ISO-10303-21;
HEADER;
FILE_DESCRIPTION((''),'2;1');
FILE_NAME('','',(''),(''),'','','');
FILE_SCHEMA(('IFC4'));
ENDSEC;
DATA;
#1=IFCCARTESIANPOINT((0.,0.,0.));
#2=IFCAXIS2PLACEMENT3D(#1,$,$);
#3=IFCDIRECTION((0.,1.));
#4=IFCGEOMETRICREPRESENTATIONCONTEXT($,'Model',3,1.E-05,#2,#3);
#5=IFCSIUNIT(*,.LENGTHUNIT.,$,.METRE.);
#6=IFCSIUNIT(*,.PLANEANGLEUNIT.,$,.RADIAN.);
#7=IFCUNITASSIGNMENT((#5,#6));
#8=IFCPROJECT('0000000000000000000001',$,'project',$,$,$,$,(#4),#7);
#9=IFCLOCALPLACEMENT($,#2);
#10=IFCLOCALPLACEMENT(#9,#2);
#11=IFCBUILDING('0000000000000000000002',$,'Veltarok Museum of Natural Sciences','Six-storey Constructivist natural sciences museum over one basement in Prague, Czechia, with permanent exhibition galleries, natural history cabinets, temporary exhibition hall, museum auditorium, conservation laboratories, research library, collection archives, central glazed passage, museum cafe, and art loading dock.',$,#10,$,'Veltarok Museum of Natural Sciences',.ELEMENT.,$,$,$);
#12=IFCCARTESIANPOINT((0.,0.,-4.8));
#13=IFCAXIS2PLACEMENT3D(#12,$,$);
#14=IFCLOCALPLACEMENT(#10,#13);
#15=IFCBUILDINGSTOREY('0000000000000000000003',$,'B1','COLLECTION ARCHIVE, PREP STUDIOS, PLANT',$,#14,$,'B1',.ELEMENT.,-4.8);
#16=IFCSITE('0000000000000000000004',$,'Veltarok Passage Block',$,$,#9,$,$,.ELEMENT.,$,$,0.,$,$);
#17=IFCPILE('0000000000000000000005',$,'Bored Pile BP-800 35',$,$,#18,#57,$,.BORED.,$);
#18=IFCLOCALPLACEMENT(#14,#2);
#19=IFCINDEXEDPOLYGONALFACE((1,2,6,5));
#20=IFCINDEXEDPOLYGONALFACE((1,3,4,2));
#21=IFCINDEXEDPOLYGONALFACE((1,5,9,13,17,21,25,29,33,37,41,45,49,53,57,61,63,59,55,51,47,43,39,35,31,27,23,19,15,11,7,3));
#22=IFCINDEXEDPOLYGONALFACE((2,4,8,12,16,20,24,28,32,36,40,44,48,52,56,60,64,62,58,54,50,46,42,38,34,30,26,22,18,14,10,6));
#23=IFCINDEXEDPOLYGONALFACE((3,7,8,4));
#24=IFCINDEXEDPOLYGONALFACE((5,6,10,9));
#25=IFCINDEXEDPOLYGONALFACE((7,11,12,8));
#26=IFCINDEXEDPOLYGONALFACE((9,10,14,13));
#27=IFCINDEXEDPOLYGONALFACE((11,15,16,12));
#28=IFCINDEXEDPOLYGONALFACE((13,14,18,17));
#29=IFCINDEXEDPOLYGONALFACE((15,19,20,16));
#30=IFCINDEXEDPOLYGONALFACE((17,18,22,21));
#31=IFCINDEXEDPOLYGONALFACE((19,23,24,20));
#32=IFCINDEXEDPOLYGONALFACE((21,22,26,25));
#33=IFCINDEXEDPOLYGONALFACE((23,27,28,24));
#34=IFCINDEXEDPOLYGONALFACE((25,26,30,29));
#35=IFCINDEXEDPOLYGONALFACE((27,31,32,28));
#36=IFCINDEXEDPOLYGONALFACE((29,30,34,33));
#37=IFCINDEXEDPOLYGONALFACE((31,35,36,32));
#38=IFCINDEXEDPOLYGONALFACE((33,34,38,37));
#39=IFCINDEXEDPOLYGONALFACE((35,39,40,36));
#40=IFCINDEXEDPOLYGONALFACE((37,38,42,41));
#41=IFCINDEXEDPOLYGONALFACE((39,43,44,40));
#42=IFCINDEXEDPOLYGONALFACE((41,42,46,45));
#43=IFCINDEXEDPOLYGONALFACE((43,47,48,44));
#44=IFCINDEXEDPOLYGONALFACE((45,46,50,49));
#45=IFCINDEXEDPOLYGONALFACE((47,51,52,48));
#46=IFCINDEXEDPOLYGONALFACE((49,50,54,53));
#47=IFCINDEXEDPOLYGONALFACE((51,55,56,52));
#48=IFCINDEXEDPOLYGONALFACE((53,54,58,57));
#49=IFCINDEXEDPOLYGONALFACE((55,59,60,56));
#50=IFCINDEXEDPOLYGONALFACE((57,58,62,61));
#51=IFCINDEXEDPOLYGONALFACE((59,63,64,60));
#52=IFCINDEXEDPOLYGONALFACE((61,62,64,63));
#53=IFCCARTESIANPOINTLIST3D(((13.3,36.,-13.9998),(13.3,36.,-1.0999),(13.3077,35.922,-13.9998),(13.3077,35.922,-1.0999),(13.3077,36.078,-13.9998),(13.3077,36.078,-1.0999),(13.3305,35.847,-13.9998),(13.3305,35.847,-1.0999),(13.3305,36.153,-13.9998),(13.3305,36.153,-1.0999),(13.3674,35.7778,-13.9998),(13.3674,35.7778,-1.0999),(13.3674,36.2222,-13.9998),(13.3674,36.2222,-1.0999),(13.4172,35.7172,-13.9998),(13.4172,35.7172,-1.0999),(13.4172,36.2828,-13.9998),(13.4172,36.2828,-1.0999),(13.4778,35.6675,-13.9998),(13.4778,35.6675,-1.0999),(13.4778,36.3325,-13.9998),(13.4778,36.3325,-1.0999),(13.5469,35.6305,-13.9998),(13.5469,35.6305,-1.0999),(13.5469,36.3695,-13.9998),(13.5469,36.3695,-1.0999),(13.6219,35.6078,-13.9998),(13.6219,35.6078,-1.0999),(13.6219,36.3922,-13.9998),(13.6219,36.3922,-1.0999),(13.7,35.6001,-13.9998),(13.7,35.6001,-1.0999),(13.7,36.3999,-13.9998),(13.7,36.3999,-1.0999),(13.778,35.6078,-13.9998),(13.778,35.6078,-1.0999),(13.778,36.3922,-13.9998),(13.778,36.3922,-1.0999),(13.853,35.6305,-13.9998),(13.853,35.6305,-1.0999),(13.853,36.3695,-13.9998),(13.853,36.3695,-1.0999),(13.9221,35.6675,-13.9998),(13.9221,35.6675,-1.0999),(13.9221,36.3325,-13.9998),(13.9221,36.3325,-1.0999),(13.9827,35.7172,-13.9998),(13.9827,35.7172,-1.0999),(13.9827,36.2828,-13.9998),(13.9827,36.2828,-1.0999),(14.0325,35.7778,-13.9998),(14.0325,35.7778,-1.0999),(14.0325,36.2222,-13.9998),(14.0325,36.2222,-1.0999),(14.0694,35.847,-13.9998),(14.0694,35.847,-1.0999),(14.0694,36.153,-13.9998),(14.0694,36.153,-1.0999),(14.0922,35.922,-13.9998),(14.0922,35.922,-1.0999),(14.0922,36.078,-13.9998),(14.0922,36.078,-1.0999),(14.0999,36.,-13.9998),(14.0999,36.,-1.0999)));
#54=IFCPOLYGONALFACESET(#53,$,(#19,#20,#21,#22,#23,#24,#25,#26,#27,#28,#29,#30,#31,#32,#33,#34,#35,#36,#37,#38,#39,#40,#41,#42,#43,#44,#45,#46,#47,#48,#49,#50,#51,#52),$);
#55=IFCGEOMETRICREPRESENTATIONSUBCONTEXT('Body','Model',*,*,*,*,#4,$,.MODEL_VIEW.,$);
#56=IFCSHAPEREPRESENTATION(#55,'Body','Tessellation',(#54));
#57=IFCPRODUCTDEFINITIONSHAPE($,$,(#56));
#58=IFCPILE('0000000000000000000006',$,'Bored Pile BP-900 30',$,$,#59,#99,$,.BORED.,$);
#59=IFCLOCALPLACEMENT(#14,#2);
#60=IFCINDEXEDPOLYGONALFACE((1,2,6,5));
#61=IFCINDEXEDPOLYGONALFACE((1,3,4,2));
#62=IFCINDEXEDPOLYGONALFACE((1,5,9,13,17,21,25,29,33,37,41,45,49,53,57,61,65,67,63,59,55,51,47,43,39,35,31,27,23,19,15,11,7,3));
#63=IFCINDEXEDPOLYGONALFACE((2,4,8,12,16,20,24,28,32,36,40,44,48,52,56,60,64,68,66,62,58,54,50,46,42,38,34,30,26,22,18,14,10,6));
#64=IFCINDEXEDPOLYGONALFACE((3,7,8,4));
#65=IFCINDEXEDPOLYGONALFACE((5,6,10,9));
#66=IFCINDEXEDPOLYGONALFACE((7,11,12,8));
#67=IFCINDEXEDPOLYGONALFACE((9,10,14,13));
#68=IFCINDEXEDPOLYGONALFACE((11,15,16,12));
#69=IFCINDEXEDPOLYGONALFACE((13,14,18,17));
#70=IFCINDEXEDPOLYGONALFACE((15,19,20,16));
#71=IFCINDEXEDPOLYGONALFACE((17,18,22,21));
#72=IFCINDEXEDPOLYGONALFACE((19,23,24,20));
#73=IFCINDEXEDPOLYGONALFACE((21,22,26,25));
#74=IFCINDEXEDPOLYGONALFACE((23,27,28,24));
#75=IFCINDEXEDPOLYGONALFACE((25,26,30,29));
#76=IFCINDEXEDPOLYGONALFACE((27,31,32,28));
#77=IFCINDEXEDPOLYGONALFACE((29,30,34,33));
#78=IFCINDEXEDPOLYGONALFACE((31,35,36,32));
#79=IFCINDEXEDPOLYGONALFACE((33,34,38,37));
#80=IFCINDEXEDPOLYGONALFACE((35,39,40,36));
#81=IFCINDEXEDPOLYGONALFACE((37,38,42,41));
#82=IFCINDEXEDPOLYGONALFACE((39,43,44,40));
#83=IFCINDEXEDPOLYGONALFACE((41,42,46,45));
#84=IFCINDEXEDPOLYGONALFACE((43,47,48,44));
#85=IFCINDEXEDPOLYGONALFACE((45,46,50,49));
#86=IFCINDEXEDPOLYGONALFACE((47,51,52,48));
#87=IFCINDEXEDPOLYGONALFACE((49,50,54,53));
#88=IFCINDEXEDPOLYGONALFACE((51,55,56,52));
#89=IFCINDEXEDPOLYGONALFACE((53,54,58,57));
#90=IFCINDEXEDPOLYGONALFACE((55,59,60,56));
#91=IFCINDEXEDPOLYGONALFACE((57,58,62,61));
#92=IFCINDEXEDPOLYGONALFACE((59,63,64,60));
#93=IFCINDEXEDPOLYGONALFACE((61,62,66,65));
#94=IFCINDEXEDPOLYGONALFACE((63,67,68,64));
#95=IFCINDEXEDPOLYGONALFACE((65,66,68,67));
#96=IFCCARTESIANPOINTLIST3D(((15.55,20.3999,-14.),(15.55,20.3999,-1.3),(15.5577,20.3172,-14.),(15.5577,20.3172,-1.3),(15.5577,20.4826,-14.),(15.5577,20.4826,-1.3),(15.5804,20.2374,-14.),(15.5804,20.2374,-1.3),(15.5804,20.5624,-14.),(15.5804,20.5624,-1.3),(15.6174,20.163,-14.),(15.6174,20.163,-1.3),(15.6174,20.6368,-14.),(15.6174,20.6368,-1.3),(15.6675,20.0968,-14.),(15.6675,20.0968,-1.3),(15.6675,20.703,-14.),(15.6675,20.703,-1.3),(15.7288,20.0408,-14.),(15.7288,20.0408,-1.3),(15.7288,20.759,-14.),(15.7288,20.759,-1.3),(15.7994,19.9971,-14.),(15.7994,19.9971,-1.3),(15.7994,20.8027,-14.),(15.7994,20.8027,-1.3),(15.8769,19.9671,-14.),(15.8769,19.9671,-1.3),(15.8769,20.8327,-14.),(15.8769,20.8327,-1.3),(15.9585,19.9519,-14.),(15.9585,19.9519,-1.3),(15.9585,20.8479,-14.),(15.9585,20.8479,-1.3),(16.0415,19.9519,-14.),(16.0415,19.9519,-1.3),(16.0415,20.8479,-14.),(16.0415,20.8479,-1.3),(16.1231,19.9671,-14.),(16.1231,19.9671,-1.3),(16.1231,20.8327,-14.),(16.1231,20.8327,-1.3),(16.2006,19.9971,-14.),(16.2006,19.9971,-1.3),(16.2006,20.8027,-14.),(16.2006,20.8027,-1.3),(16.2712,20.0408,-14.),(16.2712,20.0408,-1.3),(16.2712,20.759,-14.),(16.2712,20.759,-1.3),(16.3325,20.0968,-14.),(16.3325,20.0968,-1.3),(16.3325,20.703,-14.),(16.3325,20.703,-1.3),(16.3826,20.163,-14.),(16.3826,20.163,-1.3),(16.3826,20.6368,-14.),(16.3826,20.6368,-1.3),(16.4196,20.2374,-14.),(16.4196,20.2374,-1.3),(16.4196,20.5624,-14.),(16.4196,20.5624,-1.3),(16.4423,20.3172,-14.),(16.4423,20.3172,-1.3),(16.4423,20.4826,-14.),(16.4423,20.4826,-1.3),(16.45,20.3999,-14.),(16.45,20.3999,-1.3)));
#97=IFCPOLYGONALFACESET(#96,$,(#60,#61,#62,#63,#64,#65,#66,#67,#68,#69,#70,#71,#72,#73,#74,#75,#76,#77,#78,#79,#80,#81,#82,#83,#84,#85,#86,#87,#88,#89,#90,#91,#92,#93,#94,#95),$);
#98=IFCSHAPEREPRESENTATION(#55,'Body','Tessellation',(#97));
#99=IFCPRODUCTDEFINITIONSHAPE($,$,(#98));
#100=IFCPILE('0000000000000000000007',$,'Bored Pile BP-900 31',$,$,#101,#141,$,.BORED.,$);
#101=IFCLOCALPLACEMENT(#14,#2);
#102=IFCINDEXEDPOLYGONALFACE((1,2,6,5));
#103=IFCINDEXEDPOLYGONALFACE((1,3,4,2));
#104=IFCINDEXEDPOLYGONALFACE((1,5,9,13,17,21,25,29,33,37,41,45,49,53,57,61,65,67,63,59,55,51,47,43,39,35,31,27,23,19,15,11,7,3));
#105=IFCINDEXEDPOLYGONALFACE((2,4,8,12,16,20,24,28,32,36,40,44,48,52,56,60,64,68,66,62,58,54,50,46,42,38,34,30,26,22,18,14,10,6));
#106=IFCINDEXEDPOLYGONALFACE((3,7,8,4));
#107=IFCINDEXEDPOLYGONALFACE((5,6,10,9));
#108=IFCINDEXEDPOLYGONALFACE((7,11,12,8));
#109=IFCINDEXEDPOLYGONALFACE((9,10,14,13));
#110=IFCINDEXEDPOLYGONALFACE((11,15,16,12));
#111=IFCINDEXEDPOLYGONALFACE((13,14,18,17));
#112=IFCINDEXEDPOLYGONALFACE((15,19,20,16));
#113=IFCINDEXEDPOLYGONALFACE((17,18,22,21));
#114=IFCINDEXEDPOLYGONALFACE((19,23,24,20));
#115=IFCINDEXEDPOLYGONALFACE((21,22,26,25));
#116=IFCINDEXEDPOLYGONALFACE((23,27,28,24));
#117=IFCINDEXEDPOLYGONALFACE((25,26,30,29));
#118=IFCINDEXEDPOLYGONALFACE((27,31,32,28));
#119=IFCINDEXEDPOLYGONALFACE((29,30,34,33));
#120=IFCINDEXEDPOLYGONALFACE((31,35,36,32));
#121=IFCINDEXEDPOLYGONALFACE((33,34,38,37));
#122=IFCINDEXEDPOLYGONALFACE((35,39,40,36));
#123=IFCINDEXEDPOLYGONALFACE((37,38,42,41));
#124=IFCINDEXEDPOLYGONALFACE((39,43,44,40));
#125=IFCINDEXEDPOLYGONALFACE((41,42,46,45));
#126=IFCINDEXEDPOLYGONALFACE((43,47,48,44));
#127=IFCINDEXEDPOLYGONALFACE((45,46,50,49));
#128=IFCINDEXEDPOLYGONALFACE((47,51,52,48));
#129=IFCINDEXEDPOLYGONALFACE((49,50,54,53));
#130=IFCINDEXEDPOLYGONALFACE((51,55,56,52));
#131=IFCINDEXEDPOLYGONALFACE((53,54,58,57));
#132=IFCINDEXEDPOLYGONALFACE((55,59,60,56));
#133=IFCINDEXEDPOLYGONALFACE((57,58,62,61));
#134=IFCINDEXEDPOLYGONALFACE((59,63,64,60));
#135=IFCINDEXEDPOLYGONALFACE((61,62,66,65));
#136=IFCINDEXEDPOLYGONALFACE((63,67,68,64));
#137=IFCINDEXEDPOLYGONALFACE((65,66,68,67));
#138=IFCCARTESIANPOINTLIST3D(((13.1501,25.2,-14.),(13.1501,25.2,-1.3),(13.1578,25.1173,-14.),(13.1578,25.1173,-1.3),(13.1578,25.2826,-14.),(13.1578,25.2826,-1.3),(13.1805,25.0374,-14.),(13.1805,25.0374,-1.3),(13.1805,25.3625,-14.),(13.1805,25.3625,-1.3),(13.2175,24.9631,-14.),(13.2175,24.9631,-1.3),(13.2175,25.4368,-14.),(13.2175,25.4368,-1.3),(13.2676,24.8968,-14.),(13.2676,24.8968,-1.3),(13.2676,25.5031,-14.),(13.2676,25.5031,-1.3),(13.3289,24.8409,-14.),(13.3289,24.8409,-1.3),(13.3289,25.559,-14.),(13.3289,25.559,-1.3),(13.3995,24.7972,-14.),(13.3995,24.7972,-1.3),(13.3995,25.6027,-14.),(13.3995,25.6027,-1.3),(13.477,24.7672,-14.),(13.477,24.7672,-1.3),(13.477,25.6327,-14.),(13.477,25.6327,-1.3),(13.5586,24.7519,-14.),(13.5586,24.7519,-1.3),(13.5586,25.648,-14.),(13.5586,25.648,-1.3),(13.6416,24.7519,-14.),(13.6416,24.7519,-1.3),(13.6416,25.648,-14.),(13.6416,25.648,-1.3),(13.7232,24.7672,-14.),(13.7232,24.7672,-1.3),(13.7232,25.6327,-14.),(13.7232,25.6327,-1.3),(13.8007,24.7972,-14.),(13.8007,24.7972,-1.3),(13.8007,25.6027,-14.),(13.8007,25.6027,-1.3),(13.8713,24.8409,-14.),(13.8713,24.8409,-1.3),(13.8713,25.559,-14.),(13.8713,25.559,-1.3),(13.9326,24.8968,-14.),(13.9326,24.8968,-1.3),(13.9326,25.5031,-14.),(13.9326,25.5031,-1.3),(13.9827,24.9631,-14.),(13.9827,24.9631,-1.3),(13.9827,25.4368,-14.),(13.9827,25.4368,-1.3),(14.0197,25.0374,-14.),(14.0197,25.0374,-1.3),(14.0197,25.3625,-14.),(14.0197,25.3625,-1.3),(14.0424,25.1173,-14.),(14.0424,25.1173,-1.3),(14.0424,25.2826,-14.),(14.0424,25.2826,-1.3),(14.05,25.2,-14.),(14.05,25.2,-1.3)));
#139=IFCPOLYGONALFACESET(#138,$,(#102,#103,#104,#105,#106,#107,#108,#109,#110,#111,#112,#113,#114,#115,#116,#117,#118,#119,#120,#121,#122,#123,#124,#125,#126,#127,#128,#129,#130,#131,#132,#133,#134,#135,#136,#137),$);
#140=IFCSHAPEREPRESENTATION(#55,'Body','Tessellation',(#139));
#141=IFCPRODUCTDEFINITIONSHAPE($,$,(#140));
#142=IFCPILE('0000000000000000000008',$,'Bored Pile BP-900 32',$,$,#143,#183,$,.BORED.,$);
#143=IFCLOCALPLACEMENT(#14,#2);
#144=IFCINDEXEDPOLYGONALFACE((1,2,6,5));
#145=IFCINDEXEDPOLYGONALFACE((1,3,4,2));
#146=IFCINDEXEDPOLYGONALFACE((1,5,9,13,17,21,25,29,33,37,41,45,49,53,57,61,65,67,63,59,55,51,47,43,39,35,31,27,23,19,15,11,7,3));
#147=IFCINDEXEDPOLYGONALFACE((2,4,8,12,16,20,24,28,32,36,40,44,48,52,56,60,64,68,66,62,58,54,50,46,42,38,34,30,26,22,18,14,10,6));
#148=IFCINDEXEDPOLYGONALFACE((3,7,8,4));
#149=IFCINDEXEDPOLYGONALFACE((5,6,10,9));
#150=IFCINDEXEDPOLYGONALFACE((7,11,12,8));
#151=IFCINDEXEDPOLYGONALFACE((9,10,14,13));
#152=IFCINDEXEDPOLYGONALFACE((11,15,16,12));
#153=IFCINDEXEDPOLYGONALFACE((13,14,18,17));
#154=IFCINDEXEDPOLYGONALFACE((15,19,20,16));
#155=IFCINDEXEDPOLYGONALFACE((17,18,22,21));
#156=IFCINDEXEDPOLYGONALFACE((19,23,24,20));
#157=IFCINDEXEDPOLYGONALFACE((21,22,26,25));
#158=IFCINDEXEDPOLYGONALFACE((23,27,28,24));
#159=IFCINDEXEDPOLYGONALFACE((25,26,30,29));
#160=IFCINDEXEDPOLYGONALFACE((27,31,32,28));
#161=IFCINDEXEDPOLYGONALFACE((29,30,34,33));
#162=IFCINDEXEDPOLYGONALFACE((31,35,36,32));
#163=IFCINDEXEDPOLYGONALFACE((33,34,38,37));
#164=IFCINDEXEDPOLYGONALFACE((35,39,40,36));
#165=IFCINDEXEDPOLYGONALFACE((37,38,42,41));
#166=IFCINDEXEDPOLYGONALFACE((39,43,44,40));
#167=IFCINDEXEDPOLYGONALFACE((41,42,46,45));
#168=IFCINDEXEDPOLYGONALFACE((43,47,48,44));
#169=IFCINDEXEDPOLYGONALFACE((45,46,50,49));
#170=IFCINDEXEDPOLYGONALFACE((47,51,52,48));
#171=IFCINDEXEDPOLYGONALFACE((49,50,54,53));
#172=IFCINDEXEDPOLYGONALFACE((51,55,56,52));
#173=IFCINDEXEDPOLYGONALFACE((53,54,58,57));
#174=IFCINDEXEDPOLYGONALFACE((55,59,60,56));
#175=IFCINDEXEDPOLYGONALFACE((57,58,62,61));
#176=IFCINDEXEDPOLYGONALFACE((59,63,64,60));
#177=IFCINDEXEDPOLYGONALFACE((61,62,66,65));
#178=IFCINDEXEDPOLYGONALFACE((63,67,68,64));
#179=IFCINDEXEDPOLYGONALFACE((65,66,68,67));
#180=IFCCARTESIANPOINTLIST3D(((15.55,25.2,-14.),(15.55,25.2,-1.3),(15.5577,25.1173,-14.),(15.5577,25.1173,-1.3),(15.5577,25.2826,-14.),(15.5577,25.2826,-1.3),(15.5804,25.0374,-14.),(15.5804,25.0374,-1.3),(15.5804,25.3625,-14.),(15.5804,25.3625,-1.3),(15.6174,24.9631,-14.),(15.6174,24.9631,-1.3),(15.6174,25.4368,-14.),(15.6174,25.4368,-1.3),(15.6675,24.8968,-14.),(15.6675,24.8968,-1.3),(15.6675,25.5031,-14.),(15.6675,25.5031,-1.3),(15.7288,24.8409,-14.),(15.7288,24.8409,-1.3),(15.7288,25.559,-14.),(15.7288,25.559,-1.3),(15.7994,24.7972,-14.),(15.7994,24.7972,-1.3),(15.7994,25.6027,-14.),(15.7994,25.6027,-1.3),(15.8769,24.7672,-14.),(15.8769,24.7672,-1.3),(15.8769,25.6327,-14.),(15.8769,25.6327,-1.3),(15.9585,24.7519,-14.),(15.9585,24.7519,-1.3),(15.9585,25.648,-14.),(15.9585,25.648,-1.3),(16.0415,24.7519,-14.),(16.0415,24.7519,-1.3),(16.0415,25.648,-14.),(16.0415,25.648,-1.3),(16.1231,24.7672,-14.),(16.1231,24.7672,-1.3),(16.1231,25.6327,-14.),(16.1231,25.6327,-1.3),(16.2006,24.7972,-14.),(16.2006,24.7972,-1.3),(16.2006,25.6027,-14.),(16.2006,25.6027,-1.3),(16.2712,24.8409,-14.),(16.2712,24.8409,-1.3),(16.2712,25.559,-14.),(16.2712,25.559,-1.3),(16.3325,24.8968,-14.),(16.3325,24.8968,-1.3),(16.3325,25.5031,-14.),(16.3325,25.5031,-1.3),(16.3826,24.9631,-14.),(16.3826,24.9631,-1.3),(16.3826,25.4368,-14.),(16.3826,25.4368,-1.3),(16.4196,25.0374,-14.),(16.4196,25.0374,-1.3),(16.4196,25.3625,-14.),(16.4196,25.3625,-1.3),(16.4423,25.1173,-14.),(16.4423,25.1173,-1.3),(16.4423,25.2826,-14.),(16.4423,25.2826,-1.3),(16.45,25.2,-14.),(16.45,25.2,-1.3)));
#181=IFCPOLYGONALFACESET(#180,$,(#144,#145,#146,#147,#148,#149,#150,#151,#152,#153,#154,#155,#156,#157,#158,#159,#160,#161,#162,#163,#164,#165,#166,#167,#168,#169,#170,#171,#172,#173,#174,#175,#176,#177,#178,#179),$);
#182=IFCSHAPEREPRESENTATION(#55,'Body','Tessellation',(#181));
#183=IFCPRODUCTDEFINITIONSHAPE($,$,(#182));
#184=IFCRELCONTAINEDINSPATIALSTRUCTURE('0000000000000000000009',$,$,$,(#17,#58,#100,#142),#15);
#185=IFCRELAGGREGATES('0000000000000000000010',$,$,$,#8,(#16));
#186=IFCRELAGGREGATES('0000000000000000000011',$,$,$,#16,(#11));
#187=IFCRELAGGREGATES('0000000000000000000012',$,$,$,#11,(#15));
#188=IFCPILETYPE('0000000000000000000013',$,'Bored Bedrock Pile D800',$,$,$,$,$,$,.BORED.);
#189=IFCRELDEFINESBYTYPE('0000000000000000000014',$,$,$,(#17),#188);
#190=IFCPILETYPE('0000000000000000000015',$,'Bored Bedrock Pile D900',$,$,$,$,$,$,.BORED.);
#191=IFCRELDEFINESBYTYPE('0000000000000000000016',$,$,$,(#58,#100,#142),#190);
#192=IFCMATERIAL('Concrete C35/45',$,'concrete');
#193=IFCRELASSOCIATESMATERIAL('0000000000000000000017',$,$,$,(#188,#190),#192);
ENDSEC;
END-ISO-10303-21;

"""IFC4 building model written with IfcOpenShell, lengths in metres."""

from ifc_helpers import new_model, si_unit, direction, frame, origin, origin_2d, place, context, subcontext, project, spatial, circle, extrude, material, material_profile, profile_set, type_object, element, save


model = new_model("IFC4")

# Units and contexts
model_context = context("Model", 3, precision=1e-05, world=origin(), true_north=direction((0.0, 1.0)))
body_context = subcontext(model_context, "Body", "Model", "MODEL_VIEW")
ifc_project = project(units=[si_unit("LENGTHUNIT", "METRE"), si_unit("PLANEANGLEUNIT", "RADIAN")], contexts=[model_context])

# Site, building, storey
site_placement = place(None, origin())
site = spatial("IfcSite", under=ifc_project, at=site_placement, Name="Veltarok Passage Block", CompositionType="ELEMENT", RefElevation=0.0)
building_placement = place(site_placement, origin())
building = spatial("IfcBuilding", under=site, at=building_placement, Name="Veltarok Museum of Natural Sciences", Description="Six-storey Constructivist natural sciences museum over one basement in Prague, Czechia, with permanent exhibition galleries, natural history cabinets, temporary exhibition hall, museum auditorium, conservation laboratories, research library, collection archives, central glazed passage, museum cafe, and art loading dock.", LongName="Veltarok Museum of Natural Sciences", CompositionType="ELEMENT")
storey_placement = place(building_placement, frame((0.0, 0.0, -4.8)))
storey = spatial("IfcBuildingStorey", under=building, at=storey_placement, Name="B1", Description="COLLECTION ARCHIVE, PREP STUDIOS, PLANT", LongName="B1", CompositionType="ELEMENT", Elevation=-4.8)

# Piles
ifc_material_1 = material(Name="Concrete C35/45", Category="concrete")
ifc_material_profile_1 = material_profile(ifc_material_1, circle(Radius=0.3999, at=origin_2d()), Name="BP D800")
ifc_profile_set_1 = profile_set([ifc_material_profile_1], Name="Concrete C35/45")
pile_type_1 = type_object("IfcPileType", Name="Bored Bedrock Pile D800", PredefinedType="BORED", material=ifc_profile_set_1)
pile_placement = place(storey_placement, frame((13.7, 36.0, -1.0999), z_axis=(0.0, 0.0, -1.0), x_axis=(1.0, 0.0, 0.0)))
element("IfcPile", 1, at=pile_placement, inside=storey, type_object=pile_type_1, Name="Bored Pile BP-800 35", PredefinedType="BORED", context=body_context, shape_type="SweptSolid", body=[
    extrude(circle(Radius=0.3999, at=origin_2d()), origin(), (0.0, 0.0, 1.0), 12.8999),
])
ifc_material_profile_2 = material_profile(ifc_material_1, circle(Radius=0.45, at=origin_2d()), Name="BP D900")
ifc_profile_set_2 = profile_set([ifc_material_profile_2], Name="Concrete C35/45")
pile_type_2 = type_object("IfcPileType", Name="Bored Bedrock Pile D900", PredefinedType="BORED", material=ifc_profile_set_2)
for number, where, z_axis, x_axis, name in (
    (2, (16.0, 20.3999, -1.3), (0.0, 0.0, -1.0), (1.0, 0.0, 0.0), "Bored Pile BP-900 30"),
    (3, (13.6001, 25.2, -1.3), (0.0, 0.0, -1.0), (1.0, 0.0, 0.0), "Bored Pile BP-900 31"),
    (4, (16.0, 25.2, -1.3), (0.0, 0.0, -1.0), (1.0, 0.0, 0.0), "Bored Pile BP-900 32"),
):
    element("IfcPile", number, at=place(storey_placement, frame(where, z_axis=z_axis, x_axis=x_axis)), inside=storey, type_object=pile_type_2, Name=name, PredefinedType="BORED", context=body_context, shape_type="SweptSolid", body=[
        extrude(circle(Radius=0.45, at=origin_2d()), origin(), (0.0, 0.0, 1.0), 12.7),
    ])

save(model, "model.ifc")
